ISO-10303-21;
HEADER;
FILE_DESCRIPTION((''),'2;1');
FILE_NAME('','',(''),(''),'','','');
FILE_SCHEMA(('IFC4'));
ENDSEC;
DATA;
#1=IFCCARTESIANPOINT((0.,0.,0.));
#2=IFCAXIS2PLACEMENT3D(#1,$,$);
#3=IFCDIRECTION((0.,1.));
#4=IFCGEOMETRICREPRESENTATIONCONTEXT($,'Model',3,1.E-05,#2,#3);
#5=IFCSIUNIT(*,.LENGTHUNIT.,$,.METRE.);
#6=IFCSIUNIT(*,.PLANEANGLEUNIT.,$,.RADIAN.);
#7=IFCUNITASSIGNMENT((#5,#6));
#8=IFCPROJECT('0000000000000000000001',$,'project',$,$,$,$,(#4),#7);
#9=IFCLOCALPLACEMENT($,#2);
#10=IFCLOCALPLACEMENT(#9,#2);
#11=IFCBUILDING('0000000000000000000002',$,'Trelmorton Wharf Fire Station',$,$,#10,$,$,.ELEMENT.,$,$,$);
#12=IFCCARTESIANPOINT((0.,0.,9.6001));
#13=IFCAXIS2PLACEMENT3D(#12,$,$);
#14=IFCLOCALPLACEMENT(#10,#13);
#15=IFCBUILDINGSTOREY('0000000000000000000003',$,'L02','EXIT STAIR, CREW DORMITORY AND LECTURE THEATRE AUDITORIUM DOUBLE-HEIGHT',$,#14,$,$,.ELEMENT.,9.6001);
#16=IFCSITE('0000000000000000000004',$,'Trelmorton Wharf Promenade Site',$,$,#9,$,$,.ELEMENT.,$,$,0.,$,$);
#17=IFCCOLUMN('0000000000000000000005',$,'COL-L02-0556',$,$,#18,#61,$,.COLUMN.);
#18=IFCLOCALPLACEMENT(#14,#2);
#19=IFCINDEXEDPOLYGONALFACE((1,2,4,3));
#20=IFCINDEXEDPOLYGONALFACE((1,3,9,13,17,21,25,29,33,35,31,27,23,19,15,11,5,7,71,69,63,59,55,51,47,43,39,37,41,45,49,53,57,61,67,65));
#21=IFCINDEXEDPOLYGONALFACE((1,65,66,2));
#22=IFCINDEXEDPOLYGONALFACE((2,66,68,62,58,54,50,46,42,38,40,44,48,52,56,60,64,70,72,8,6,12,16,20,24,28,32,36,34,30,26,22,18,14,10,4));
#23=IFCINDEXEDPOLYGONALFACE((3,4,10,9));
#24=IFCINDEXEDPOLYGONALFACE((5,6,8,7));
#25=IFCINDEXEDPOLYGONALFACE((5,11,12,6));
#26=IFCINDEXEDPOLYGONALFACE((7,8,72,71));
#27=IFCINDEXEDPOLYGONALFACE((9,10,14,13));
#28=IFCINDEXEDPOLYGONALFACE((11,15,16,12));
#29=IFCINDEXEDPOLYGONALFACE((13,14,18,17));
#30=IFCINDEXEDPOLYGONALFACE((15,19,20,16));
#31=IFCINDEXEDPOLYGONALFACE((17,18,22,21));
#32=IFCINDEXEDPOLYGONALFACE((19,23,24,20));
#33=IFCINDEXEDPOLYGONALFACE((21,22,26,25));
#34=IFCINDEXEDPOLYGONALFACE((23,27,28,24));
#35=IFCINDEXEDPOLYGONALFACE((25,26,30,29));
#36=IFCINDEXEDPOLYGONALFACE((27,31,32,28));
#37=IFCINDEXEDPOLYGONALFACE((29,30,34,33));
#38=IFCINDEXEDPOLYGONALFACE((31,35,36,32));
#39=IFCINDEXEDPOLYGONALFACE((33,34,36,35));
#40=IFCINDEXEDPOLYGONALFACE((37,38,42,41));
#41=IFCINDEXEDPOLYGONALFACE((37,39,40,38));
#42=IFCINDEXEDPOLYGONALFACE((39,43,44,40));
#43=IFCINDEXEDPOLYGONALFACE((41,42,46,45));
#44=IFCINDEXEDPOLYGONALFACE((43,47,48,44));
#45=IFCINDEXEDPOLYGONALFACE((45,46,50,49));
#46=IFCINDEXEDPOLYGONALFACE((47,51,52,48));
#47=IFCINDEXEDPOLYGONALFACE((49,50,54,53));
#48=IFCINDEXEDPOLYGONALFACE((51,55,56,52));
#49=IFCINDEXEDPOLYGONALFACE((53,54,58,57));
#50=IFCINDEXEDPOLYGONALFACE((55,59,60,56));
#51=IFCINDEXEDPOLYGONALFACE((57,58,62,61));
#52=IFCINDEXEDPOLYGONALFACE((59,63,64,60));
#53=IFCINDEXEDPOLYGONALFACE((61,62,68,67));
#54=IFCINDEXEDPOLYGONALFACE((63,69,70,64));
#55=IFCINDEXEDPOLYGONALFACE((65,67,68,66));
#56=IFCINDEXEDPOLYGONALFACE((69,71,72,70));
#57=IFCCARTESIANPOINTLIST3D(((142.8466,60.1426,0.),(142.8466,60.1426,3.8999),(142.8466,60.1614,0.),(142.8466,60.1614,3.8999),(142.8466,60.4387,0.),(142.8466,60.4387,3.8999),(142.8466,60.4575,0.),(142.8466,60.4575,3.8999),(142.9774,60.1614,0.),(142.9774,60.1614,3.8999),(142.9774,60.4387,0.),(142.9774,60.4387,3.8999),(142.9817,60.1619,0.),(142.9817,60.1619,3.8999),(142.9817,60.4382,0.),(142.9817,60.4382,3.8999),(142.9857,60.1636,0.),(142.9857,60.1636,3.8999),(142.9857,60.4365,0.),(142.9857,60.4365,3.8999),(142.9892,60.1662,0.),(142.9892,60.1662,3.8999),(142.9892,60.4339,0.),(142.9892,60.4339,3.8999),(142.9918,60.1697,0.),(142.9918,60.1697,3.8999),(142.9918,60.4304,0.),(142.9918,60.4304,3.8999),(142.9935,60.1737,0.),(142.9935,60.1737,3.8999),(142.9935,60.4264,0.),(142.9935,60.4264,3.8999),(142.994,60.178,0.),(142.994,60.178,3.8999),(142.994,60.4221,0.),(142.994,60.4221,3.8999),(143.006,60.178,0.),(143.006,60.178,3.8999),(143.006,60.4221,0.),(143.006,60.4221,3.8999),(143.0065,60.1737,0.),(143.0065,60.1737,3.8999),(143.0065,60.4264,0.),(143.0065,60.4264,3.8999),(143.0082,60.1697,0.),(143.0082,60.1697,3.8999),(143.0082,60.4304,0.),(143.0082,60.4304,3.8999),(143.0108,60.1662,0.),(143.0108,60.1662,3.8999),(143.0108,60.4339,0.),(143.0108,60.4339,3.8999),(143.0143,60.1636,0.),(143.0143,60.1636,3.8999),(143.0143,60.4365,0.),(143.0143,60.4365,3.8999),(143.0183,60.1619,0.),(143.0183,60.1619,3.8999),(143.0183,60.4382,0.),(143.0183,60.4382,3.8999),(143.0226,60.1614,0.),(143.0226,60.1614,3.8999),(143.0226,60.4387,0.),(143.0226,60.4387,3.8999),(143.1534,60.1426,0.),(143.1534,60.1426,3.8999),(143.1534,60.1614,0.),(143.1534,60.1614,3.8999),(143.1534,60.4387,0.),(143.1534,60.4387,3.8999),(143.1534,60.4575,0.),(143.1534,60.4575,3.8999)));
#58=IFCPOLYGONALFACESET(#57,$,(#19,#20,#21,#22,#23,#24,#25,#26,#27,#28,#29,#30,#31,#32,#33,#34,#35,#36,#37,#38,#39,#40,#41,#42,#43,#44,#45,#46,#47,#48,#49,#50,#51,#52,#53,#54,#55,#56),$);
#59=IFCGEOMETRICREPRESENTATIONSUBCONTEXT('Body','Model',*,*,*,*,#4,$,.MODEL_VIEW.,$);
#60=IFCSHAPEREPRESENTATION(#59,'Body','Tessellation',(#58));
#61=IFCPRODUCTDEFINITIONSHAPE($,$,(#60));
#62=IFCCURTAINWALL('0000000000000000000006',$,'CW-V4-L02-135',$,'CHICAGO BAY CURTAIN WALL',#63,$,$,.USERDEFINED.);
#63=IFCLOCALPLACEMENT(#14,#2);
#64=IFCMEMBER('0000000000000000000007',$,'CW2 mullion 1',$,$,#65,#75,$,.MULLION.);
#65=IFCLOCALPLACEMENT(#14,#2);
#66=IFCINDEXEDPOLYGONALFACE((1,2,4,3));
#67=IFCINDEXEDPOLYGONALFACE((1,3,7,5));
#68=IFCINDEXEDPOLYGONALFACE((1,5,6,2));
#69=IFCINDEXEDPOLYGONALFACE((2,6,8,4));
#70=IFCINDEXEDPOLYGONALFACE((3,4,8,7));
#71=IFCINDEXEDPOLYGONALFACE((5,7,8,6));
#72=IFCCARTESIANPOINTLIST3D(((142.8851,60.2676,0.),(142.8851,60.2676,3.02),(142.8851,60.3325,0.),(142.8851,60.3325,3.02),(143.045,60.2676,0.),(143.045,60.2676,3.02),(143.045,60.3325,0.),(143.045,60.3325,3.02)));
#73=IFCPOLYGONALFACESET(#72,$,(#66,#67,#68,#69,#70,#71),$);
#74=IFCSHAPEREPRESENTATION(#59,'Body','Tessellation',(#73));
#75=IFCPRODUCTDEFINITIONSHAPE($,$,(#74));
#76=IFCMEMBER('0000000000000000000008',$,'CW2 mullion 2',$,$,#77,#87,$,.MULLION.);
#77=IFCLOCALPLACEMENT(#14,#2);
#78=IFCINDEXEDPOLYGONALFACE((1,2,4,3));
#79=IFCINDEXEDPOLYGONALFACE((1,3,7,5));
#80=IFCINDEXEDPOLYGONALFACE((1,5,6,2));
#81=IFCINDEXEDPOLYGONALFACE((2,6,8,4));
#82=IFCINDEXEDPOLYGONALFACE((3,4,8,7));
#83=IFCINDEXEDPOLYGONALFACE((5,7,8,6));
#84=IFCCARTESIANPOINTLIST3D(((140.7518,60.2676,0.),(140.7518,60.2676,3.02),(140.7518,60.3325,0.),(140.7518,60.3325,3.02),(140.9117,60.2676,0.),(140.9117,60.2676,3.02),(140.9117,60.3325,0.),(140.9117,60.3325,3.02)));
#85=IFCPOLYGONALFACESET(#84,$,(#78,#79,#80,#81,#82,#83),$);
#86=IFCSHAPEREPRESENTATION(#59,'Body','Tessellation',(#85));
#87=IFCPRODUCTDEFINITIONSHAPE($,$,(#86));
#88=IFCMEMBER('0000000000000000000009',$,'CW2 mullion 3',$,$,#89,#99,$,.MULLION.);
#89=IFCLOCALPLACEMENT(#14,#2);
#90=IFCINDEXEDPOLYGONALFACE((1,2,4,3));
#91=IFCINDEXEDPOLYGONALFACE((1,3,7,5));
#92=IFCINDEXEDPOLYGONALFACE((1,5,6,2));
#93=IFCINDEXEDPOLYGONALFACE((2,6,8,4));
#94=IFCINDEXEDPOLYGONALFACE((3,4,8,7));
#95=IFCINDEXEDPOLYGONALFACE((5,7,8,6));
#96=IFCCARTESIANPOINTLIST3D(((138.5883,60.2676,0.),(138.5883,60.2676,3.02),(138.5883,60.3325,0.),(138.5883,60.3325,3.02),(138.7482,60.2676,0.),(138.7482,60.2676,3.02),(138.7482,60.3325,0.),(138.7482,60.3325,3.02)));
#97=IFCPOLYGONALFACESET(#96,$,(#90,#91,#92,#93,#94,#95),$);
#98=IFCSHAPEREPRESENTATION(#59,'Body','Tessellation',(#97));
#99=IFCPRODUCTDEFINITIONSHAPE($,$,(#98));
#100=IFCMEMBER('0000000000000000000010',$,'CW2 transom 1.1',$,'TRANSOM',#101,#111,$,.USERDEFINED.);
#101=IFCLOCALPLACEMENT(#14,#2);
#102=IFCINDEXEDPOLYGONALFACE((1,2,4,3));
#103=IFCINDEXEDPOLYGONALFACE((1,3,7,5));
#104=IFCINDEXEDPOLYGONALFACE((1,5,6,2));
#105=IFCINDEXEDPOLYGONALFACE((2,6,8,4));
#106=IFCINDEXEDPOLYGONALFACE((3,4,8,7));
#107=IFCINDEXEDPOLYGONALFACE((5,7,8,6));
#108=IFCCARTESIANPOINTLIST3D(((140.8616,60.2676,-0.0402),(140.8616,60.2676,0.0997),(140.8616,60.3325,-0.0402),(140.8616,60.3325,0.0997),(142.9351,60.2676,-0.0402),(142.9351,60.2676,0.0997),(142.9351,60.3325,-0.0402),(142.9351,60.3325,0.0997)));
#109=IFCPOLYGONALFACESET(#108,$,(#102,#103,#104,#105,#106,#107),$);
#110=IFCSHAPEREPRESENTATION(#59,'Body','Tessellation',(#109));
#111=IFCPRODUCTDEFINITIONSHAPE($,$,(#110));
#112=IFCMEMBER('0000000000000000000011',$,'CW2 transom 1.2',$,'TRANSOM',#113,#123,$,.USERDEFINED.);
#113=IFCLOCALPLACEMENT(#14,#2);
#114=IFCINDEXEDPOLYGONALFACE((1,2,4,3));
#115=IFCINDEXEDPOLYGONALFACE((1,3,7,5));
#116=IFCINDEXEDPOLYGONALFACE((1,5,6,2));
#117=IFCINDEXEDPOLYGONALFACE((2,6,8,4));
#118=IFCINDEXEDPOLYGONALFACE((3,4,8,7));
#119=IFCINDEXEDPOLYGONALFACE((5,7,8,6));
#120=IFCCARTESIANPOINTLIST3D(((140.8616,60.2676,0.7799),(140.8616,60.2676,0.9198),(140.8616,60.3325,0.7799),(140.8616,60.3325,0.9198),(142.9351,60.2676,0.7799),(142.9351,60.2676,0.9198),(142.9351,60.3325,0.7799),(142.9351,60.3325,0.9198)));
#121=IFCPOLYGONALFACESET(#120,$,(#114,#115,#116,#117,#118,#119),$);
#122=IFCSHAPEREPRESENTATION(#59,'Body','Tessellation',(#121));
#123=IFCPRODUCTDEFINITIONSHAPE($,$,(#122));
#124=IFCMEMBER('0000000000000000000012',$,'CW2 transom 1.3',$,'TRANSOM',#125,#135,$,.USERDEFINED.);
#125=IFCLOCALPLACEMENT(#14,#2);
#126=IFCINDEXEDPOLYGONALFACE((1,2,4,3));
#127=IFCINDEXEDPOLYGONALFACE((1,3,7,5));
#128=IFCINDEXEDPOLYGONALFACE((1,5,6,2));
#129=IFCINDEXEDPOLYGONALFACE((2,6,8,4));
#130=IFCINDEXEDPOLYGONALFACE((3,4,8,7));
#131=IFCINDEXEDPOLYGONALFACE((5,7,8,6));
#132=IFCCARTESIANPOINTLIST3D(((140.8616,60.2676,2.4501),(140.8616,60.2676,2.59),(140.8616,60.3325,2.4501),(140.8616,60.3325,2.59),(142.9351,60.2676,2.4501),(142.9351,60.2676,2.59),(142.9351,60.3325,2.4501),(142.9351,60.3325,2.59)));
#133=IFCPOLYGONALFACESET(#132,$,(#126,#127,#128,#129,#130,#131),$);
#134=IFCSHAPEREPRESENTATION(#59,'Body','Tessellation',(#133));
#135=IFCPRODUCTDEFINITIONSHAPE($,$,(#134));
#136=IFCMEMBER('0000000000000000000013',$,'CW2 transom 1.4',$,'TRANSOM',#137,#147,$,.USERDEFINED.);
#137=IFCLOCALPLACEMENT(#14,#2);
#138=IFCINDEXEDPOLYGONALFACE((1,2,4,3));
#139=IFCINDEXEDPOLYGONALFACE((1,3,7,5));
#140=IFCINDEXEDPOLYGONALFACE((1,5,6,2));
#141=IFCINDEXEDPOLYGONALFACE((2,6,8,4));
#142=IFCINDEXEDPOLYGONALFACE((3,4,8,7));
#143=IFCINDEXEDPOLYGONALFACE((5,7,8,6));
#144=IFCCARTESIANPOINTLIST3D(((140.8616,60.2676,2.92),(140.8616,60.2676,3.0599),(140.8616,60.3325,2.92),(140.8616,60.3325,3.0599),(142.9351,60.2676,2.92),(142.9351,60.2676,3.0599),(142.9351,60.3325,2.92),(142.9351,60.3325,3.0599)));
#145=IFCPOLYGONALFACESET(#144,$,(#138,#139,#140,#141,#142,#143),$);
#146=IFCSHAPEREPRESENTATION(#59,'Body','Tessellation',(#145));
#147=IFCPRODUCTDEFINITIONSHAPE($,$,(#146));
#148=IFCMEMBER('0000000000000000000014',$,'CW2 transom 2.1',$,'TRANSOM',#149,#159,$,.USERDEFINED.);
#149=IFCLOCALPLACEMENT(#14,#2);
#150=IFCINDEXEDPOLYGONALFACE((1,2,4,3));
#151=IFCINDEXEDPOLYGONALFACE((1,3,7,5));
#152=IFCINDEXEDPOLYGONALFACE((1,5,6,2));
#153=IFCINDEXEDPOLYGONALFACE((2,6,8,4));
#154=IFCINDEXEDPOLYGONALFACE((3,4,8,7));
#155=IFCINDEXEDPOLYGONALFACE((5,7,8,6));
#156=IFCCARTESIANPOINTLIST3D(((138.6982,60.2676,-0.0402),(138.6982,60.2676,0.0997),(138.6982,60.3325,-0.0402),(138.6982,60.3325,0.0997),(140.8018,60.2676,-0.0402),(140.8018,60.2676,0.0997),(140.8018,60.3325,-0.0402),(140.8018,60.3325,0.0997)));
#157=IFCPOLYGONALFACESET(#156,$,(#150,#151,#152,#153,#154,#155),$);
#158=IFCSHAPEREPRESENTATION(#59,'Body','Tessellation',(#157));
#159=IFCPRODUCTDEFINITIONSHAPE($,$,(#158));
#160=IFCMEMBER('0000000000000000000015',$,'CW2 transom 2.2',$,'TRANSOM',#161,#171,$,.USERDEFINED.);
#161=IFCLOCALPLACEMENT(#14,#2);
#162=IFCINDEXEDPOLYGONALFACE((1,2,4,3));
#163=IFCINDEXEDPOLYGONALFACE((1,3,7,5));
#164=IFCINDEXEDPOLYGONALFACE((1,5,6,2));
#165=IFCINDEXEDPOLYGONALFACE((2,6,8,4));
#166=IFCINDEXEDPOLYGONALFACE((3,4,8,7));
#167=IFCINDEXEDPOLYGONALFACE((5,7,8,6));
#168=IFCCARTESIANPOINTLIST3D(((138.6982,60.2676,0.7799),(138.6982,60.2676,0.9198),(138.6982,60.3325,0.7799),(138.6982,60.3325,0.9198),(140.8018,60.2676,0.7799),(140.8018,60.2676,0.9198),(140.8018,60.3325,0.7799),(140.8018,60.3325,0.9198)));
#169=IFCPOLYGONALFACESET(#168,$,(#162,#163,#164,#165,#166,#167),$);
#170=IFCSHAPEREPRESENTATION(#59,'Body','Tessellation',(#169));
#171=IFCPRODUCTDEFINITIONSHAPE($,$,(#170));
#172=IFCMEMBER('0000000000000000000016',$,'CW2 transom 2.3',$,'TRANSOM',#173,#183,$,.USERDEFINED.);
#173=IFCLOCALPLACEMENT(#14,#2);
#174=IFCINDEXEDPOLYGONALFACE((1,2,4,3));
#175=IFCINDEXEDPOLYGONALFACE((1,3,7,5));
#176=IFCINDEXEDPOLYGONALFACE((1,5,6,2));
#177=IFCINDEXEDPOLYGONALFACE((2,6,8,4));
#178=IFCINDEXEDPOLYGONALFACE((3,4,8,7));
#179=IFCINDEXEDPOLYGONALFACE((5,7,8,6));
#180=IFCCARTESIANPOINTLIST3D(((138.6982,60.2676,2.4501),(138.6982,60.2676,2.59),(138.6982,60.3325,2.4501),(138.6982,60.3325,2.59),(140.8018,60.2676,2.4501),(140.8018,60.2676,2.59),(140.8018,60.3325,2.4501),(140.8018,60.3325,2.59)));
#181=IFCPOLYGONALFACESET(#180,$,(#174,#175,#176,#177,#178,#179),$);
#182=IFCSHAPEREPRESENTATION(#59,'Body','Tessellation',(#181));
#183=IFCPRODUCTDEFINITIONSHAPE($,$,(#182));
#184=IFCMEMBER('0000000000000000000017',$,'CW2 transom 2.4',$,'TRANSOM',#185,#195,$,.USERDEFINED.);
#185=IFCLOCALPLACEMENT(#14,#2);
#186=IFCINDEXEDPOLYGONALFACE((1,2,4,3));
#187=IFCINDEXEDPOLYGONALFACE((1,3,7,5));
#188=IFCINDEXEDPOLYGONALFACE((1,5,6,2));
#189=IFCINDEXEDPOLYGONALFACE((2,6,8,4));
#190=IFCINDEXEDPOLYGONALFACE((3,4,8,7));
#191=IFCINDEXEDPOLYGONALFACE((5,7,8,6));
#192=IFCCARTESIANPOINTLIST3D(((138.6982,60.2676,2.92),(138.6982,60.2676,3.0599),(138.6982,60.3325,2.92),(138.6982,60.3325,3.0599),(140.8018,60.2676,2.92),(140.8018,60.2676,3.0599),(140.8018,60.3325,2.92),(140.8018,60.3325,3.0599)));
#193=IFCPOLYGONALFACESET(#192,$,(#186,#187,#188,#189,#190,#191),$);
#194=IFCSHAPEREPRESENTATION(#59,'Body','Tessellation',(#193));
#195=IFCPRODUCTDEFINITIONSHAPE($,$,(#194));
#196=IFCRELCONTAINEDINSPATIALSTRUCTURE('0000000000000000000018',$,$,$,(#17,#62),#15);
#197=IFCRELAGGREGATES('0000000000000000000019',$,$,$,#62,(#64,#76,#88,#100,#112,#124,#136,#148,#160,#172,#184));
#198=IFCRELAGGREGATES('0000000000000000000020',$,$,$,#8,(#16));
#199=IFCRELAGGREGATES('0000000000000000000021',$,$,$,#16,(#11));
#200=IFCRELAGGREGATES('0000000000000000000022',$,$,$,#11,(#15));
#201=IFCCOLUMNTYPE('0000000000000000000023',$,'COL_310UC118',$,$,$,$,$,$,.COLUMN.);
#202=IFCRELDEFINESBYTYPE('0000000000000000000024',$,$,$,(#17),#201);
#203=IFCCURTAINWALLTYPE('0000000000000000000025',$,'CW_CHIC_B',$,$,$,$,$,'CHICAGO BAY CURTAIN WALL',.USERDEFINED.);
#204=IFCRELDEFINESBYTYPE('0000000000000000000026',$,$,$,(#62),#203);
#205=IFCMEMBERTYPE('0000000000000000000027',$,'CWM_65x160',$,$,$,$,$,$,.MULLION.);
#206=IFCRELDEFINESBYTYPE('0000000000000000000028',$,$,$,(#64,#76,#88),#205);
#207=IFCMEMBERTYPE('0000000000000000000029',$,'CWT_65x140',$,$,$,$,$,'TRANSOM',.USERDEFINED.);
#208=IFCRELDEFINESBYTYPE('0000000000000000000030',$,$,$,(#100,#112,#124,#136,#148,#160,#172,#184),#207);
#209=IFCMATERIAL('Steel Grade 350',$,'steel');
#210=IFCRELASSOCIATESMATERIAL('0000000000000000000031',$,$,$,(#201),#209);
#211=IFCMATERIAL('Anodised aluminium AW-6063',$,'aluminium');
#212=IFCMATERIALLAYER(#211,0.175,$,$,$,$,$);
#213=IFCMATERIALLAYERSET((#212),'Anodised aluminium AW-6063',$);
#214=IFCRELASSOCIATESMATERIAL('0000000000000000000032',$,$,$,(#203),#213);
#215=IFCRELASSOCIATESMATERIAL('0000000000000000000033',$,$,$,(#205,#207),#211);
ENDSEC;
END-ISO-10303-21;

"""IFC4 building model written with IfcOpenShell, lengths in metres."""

from ifc_helpers import new_model, si_unit, direction, frame, origin, origin_2d, place, context, subcontext, project, spatial, rectangle, i_section, extrude, material, layer, layer_set, material_profile, profile_set, type_object, element, aggregate, save


model = new_model("IFC4")

# Units and contexts
model_context = context("Model", 3, precision=1e-05, world=origin(), true_north=direction((0.0, 1.0)))
body_context = subcontext(model_context, "Body", "Model", "MODEL_VIEW")
ifc_project = project(units=[si_unit("LENGTHUNIT", "METRE"), si_unit("PLANEANGLEUNIT", "RADIAN")], contexts=[model_context])

# Site, building, storey
site_placement = place(None, origin())
site = spatial("IfcSite", under=ifc_project, at=site_placement, Name="Trelmorton Wharf Promenade Site", CompositionType="ELEMENT", RefElevation=0.0)
building_placement = place(site_placement, origin())
building = spatial("IfcBuilding", under=site, at=building_placement, Name="Trelmorton Wharf Fire Station", CompositionType="ELEMENT")
storey_placement = place(building_placement, frame((0.0, 0.0, 9.6001)))
storey = spatial("IfcBuildingStorey", under=building, at=storey_placement, Name="L02", Description="EXIT STAIR, CREW DORMITORY AND LECTURE THEATRE AUDITORIUM DOUBLE-HEIGHT", CompositionType="ELEMENT", Elevation=9.6001)

# Column
ifc_material_1 = material(Name="Steel Grade 350", Category="steel")
ifc_material_profile_1 = material_profile(ifc_material_1, i_section(OverallWidth=0.3069, OverallDepth=0.3149, WebThickness=0.012, FlangeThickness=0.0188, FilletRadius=0.0166, at=origin_2d()), Name="310UC118")
ifc_profile_set_1 = profile_set([ifc_material_profile_1], Name="Steel Grade 350")
column_type = type_object("IfcColumnType", Name="COL_310UC118", PredefinedType="COLUMN", material=ifc_profile_set_1)
column_placement = place(storey_placement, frame((143.0, 60.3, 0.0), z_axis=(0.0, 0.0, 1.0), x_axis=(1.0, 0.0, 0.0)))
element("IfcColumn", 1, at=column_placement, inside=storey, type_object=column_type, Name="COL-L02-0556", PredefinedType="COLUMN", context=body_context, shape_type="SweptSolid", body=[
    extrude(i_section(OverallWidth=0.3069, OverallDepth=0.3149, WebThickness=0.012, FlangeThickness=0.0188, FilletRadius=0.0166, at=origin_2d()), origin(), (0.0, 0.0, 1.0), 3.8999),
])

# Curtain wall, members
ifc_material_2 = material(Name="Anodised aluminium AW-6063", Category="aluminium")
ifc_layer_1 = layer(ifc_material_2, 0.175)
ifc_layer_set_1 = layer_set([ifc_layer_1], Name="Anodised aluminium AW-6063")
curtain_wall_type = type_object("IfcCurtainWallType", Name="CW_CHIC_B", ElementType="CHICAGO BAY CURTAIN WALL", PredefinedType="USERDEFINED", material=ifc_layer_set_1)
curtain_wall_placement = place(storey_placement, origin())
curtain_wall = element("IfcCurtainWall", 2, at=curtain_wall_placement, inside=storey, type_object=curtain_wall_type, Name="CW-V4-L02-135", ObjectType="CHICAGO BAY CURTAIN WALL", PredefinedType="USERDEFINED")
ifc_material_profile_2 = material_profile(ifc_material_2, rectangle(XDim=0.0649, YDim=0.1599, at=origin_2d()), Name="ALU-65x160")
ifc_profile_set_2 = profile_set([ifc_material_profile_2], Name="Anodised aluminium AW-6063")
member_type_1 = type_object("IfcMemberType", Name="CWM_65x160", PredefinedType="MULLION", material=ifc_profile_set_2)
member_1_placement = place(storey_placement, frame((142.9651, 60.3, 0.0), z_axis=(0.0, 0.0, 1.0), x_axis=(0.0, -1.0, 0.0)))
member_1 = element("IfcMember", 3, at=member_1_placement, type_object=member_type_1, Name="CW2 mullion 1", PredefinedType="MULLION", context=body_context, shape_type="SweptSolid", body=[
    extrude(rectangle(XDim=0.0649, YDim=0.1599, at=origin_2d()), origin(), (0.0, 0.0, 1.0), 3.02),
])
member_2_placement = place(storey_placement, frame((140.8318, 60.3, 0.0), z_axis=(0.0, 0.0, 1.0), x_axis=(0.0, -1.0, 0.0)))
member_2 = element("IfcMember", 4, at=member_2_placement, type_object=member_type_1, Name="CW2 mullion 2", PredefinedType="MULLION", context=body_context, shape_type="SweptSolid", body=[
    extrude(rectangle(XDim=0.0649, YDim=0.1599, at=origin_2d()), origin(), (0.0, 0.0, 1.0), 3.02),
])
member_3_placement = place(storey_placement, frame((138.6682, 60.3, 0.0), z_axis=(0.0, 0.0, 1.0), x_axis=(0.0, -1.0, 0.0)))
member_3 = element("IfcMember", 5, at=member_3_placement, type_object=member_type_1, Name="CW2 mullion 3", PredefinedType="MULLION", context=body_context, shape_type="SweptSolid", body=[
    extrude(rectangle(XDim=0.0649, YDim=0.1599, at=origin_2d()), origin(), (0.0, 0.0, 1.0), 3.02),
])
ifc_material_profile_3 = material_profile(ifc_material_2, rectangle(XDim=0.0649, YDim=0.1399, at=origin_2d()), Name="ALU-65x140")
ifc_profile_set_3 = profile_set([ifc_material_profile_3], Name="Anodised aluminium AW-6063")
member_type_2 = type_object("IfcMemberType", Name="CWT_65x140", ElementType="TRANSOM", PredefinedType="USERDEFINED", material=ifc_profile_set_3)
member_4_placement = place(storey_placement, frame((142.9351, 60.3, 0.0298), z_axis=(-1.0, 0.0, 0.0), x_axis=(0.0, -1.0, 0.0)))
member_4 = element("IfcMember", 6, at=member_4_placement, type_object=member_type_2, Name="CW2 transom 1.1", ObjectType="TRANSOM", PredefinedType="USERDEFINED", context=body_context, shape_type="SweptSolid", body=[
    extrude(rectangle(XDim=0.0649, YDim=0.1399, at=origin_2d()), origin(), (0.0, 0.0, 1.0), 2.0735),
])
member_5_placement = place(storey_placement, frame((142.9351, 60.3, 0.8499), z_axis=(-1.0, 0.0, 0.0), x_axis=(0.0, -1.0, 0.0)))
member_5 = element("IfcMember", 7, at=member_5_placement, type_object=member_type_2, Name="CW2 transom 1.2", ObjectType="TRANSOM", PredefinedType="USERDEFINED", context=body_context, shape_type="SweptSolid", body=[
    extrude(rectangle(XDim=0.0649, YDim=0.1399, at=origin_2d()), origin(), (0.0, 0.0, 1.0), 2.0735),
])
member_6_placement = place(storey_placement, frame((142.9351, 60.3, 2.52), z_axis=(-1.0, 0.0, 0.0), x_axis=(0.0, -1.0, 0.0)))
member_6 = element("IfcMember", 8, at=member_6_placement, type_object=member_type_2, Name="CW2 transom 1.3", ObjectType="TRANSOM", PredefinedType="USERDEFINED", context=body_context, shape_type="SweptSolid", body=[
    extrude(rectangle(XDim=0.0649, YDim=0.1399, at=origin_2d()), origin(), (0.0, 0.0, 1.0), 2.0735),
])
member_7_placement = place(storey_placement, frame((142.9351, 60.3, 2.99), z_axis=(-1.0, 0.0, 0.0), x_axis=(0.0, -1.0, 0.0)))
member_7 = element("IfcMember", 9, at=member_7_placement, type_object=member_type_2, Name="CW2 transom 1.4", ObjectType="TRANSOM", PredefinedType="USERDEFINED", context=body_context, shape_type="SweptSolid", body=[
    extrude(rectangle(XDim=0.0649, YDim=0.1399, at=origin_2d()), origin(), (0.0, 0.0, 1.0), 2.0735),
])
member_8_placement = place(storey_placement, frame((140.8018, 60.3, 0.0298), z_axis=(-1.0, 0.0, 0.0), x_axis=(0.0, -1.0, 0.0)))
member_8 = element("IfcMember", 10, at=member_8_placement, type_object=member_type_2, Name="CW2 transom 2.1", ObjectType="TRANSOM", PredefinedType="USERDEFINED", context=body_context, shape_type="SweptSolid", body=[
    extrude(rectangle(XDim=0.0649, YDim=0.1399, at=origin_2d()), origin(), (0.0, 0.0, 1.0), 2.1035),
])
member_9_placement = place(storey_placement, frame((140.8018, 60.3, 0.8499), z_axis=(-1.0, 0.0, 0.0), x_axis=(0.0, -1.0, 0.0)))
member_9 = element("IfcMember", 11, at=member_9_placement, type_object=member_type_2, Name="CW2 transom 2.2", ObjectType="TRANSOM", PredefinedType="USERDEFINED", context=body_context, shape_type="SweptSolid", body=[
    extrude(rectangle(XDim=0.0649, YDim=0.1399, at=origin_2d()), origin(), (0.0, 0.0, 1.0), 2.1035),
])
member_10_placement = place(storey_placement, frame((140.8018, 60.3, 2.52), z_axis=(-1.0, 0.0, 0.0), x_axis=(0.0, -1.0, 0.0)))
member_10 = element("IfcMember", 12, at=member_10_placement, type_object=member_type_2, Name="CW2 transom 2.3", ObjectType="TRANSOM", PredefinedType="USERDEFINED", context=body_context, shape_type="SweptSolid", body=[
    extrude(rectangle(XDim=0.0649, YDim=0.1399, at=origin_2d()), origin(), (0.0, 0.0, 1.0), 2.1035),
])
member_11_placement = place(storey_placement, frame((140.8018, 60.3, 2.99), z_axis=(-1.0, 0.0, 0.0), x_axis=(0.0, -1.0, 0.0)))
member_11 = element("IfcMember", 13, at=member_11_placement, type_object=member_type_2, Name="CW2 transom 2.4", ObjectType="TRANSOM", PredefinedType="USERDEFINED", context=body_context, shape_type="SweptSolid", body=[
    extrude(rectangle(XDim=0.0649, YDim=0.1399, at=origin_2d()), origin(), (0.0, 0.0, 1.0), 2.1035),
])
aggregate(curtain_wall, [member_1, member_2, member_3, member_4, member_5, member_6, member_7, member_8, member_9, member_10, member_11])

save(model, "model.ifc")
